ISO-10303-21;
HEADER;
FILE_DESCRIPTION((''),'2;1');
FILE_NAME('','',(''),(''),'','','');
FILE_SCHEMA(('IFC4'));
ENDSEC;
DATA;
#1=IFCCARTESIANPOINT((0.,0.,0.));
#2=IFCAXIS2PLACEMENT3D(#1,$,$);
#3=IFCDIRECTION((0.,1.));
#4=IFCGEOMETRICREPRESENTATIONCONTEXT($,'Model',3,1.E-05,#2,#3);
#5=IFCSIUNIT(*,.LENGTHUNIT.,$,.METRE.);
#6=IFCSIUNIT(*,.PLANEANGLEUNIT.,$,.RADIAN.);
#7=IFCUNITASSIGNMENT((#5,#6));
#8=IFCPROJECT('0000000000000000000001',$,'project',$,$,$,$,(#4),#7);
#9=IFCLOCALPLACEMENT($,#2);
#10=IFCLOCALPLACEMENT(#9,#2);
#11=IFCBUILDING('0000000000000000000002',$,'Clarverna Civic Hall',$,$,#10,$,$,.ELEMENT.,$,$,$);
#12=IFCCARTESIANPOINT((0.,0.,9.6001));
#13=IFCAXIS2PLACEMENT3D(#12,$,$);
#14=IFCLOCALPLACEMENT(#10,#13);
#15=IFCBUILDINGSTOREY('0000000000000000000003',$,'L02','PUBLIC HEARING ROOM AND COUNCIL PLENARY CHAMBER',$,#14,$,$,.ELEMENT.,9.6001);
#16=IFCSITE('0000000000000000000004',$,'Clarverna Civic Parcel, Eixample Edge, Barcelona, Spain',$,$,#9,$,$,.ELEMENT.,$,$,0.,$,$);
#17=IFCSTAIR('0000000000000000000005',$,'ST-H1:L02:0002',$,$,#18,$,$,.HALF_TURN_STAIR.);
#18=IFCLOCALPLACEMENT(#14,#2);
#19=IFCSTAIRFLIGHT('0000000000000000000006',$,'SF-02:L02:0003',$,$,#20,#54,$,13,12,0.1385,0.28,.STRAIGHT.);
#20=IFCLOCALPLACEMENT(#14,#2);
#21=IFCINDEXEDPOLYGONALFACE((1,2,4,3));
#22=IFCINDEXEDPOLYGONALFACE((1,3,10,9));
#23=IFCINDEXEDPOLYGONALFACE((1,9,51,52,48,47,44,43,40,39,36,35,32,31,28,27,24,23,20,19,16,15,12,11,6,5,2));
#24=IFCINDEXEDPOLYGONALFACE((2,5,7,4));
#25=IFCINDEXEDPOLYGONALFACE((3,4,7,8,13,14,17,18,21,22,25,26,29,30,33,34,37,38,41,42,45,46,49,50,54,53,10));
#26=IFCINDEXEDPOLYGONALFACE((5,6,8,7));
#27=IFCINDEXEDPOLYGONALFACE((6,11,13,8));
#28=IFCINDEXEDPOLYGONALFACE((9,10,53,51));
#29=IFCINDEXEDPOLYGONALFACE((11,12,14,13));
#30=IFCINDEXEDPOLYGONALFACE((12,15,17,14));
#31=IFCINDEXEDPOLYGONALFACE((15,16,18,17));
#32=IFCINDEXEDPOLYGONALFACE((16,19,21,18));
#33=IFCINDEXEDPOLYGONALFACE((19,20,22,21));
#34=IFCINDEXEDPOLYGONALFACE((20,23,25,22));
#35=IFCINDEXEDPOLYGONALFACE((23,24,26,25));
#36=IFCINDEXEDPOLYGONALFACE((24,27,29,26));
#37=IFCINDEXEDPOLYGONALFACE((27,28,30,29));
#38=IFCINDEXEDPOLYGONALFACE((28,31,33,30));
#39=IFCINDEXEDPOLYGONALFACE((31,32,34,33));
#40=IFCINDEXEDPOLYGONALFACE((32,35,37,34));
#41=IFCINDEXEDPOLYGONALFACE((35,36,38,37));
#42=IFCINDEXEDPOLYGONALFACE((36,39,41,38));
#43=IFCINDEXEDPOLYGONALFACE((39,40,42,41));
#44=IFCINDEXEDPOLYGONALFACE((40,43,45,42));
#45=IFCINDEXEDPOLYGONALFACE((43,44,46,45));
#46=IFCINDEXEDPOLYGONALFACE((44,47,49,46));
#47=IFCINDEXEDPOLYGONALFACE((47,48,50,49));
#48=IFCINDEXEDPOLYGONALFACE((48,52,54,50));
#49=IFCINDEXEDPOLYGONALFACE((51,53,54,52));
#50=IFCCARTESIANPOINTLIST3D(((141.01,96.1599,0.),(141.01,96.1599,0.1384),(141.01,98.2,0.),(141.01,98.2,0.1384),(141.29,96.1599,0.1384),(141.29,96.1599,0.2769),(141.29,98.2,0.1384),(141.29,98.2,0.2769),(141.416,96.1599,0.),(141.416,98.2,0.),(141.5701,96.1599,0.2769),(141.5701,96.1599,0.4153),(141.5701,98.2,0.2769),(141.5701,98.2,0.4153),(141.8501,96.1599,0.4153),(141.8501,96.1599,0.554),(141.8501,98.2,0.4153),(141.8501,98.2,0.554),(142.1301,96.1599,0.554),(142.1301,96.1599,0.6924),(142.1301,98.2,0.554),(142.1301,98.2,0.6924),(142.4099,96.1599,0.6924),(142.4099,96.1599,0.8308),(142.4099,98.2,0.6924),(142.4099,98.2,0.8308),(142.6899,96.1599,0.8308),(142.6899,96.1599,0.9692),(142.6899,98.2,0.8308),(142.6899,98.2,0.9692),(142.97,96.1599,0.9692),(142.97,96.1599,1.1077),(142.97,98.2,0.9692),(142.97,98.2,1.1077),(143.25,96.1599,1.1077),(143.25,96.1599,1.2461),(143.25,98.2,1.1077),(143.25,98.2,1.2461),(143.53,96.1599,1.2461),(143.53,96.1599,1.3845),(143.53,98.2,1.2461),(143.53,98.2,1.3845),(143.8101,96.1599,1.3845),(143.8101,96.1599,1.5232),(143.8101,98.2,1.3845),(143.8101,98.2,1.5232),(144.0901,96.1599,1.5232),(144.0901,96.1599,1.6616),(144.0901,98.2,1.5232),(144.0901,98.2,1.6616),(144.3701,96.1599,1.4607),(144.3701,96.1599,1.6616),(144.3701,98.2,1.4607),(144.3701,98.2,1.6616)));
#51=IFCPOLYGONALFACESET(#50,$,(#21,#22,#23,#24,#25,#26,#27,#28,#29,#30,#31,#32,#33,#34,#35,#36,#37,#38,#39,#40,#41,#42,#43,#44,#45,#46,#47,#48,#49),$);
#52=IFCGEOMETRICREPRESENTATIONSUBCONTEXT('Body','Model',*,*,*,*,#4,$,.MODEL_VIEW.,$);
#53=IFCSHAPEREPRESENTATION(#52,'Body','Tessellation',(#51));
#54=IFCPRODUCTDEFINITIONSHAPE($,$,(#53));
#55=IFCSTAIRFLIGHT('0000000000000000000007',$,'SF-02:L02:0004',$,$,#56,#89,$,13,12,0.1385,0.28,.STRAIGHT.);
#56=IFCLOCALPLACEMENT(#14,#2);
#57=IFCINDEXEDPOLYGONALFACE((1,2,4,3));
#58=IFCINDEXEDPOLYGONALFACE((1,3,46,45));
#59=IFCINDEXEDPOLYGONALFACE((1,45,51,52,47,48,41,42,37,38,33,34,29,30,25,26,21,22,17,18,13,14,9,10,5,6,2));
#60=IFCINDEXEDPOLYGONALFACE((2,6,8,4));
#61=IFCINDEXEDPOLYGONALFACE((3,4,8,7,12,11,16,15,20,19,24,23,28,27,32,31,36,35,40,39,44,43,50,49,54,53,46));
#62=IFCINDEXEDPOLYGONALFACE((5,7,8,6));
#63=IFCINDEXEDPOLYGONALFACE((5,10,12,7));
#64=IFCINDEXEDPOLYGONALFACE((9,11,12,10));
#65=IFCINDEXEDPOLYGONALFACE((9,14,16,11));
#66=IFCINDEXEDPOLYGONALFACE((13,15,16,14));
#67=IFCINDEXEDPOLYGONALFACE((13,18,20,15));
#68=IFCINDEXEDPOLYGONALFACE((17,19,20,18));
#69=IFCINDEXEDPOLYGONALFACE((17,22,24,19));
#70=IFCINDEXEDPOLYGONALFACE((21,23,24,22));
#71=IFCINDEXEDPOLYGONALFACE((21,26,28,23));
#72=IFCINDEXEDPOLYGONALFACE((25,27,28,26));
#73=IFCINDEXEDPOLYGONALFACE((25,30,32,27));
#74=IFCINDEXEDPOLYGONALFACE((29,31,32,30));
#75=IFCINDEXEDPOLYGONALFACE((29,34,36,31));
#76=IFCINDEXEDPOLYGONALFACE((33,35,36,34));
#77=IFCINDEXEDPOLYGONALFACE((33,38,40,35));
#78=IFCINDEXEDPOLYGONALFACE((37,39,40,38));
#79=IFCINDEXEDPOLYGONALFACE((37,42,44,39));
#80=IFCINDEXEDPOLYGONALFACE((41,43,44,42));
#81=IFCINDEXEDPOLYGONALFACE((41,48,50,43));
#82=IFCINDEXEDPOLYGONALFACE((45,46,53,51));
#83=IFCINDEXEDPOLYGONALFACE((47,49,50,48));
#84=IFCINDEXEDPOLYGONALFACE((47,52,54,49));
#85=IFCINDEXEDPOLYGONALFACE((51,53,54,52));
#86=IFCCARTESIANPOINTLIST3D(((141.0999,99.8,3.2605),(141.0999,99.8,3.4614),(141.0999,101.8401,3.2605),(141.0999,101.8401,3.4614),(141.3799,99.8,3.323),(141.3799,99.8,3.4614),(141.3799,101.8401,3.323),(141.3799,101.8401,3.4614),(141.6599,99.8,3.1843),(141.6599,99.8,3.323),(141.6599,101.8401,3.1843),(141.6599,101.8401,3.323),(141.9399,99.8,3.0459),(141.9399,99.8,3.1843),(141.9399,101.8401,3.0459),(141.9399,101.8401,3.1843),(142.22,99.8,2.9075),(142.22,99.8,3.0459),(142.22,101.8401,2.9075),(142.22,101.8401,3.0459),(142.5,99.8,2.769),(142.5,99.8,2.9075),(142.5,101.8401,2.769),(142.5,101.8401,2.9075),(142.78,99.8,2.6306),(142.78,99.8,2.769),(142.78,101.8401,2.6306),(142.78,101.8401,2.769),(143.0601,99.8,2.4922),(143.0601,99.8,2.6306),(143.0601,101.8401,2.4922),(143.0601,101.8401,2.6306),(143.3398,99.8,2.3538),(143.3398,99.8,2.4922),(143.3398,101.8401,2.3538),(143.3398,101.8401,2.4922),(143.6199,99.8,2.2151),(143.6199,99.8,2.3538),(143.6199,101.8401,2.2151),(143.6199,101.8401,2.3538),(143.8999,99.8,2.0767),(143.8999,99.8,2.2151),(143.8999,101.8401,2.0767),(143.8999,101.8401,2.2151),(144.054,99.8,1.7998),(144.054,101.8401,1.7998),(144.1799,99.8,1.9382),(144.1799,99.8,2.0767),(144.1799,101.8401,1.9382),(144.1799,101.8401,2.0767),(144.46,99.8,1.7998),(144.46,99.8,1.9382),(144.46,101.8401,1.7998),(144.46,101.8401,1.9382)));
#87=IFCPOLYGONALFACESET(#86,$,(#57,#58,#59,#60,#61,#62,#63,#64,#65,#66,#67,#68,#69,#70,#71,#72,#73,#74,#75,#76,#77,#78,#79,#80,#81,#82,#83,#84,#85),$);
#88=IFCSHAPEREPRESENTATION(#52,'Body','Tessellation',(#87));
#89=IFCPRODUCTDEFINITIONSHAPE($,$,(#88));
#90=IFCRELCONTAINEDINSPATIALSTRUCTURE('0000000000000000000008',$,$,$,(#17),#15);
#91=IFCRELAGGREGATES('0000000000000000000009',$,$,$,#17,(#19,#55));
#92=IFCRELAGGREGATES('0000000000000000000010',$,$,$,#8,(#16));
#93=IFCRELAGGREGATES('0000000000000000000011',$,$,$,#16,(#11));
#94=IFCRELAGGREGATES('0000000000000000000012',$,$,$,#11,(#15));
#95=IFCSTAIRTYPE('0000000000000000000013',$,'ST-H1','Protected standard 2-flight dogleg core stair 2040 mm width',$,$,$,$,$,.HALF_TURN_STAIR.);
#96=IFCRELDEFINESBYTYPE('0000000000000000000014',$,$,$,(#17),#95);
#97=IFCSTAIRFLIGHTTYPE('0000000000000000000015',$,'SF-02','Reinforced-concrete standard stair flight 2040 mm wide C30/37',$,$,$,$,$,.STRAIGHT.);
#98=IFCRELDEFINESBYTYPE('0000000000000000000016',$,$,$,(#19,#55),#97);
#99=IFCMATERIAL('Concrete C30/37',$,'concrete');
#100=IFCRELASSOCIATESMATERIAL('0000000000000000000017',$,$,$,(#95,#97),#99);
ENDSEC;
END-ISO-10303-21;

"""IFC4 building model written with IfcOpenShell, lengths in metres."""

from ifc_helpers import new_model, si_unit, direction, frame, origin, place, context, subcontext, project, spatial, polyline, outline, extrude, material, type_object, element, aggregate, save


model = new_model("IFC4")

# Units and contexts
model_context = context("Model", 3, precision=1e-05, world=origin(), true_north=direction((0.0, 1.0)))
body_context = subcontext(model_context, "Body", "Model", "MODEL_VIEW")
ifc_project = project(units=[si_unit("LENGTHUNIT", "METRE"), si_unit("PLANEANGLEUNIT", "RADIAN")], contexts=[model_context])

# Site, building, storey
site_placement = place(None, origin())
site = spatial("IfcSite", under=ifc_project, at=site_placement, Name="Clarverna Civic Parcel, Eixample Edge, Barcelona, Spain", CompositionType="ELEMENT", RefElevation=0.0)
building_placement = place(site_placement, origin())
building = spatial("IfcBuilding", under=site, at=building_placement, Name="Clarverna Civic Hall", CompositionType="ELEMENT")
storey_placement = place(building_placement, frame((0.0, 0.0, 9.6001)))
storey = spatial("IfcBuildingStorey", under=building, at=storey_placement, Name="L02", Description="PUBLIC HEARING ROOM AND COUNCIL PLENARY CHAMBER", CompositionType="ELEMENT", Elevation=9.6001)

# Stair, stair flights
ifc_material_1 = material(Name="Concrete C30/37", Category="concrete")
stair_type = type_object("IfcStairType", Name="ST-H1", Description="Protected standard 2-flight dogleg core stair 2040 mm width", PredefinedType="HALF_TURN_STAIR", material=ifc_material_1)
stair_placement = place(storey_placement, origin())
stair = element("IfcStair", 1, at=stair_placement, inside=storey, type_object=stair_type, Name="ST-H1:L02:0002", PredefinedType="HALF_TURN_STAIR")
stair_flight_type = type_object("IfcStairFlightType", Name="SF-02", Description="Reinforced-concrete standard stair flight 2040 mm wide C30/37", PredefinedType="STRAIGHT", material=ifc_material_1)
stair_flight_1_placement = place(storey_placement, frame((141.01, 97.1799, 0.0), z_axis=(0.0, 0.0, 1.0), x_axis=(1.0, 0.0, 0.0)))
stair_flight_1 = element("IfcStairFlight", 2, at=stair_flight_1_placement, type_object=stair_flight_type, Name="SF-02:L02:0003", NumberOfRisers=13, NumberOfTreads=12, PredefinedType="STRAIGHT", RiserHeight=0.1385, TreadLength=0.28, context=body_context, shape_type="SweptSolid", body=[
    extrude(outline(polyline([(0.0, 0.0), (0.0, 0.1384), (0.28, 0.1384), (0.28, 0.2769), (0.5601, 0.2769), (0.5601, 0.4153), (0.8401, 0.4153), (0.8401, 0.554), (1.1201, 0.554), (1.1201, 0.6924), (1.3999, 0.6924), (1.3999, 0.8308), (1.6799, 0.8308), (1.6799, 0.9692), (1.96, 0.9692), (1.96, 1.1077), (2.24, 1.1077), (2.24, 1.2461), (2.52, 1.2461), (2.52, 1.3845), (2.8, 1.3845), (2.8, 1.5232), (3.0801, 1.5232), (3.0801, 1.6616), (3.3601, 1.6616), (3.3601, 1.8), (3.3601, 1.4607), (0.406, 0.0), (0.0, 0.0)])), frame((0.0, 1.02, 0.0), z_axis=(0.0, -1.0, 0.0), x_axis=(1.0, 0.0, 0.0)), (0.0, 0.0, 1.0), 2.04),
])
stair_flight_2_placement = place(storey_placement, frame((144.46, 100.8201, 1.7998), z_axis=(0.0, 0.0, 1.0), x_axis=(-1.0, 0.0, 0.0)))
stair_flight_2 = element("IfcStairFlight", 3, at=stair_flight_2_placement, type_object=stair_flight_type, Name="SF-02:L02:0004", NumberOfRisers=13, NumberOfTreads=12, PredefinedType="STRAIGHT", RiserHeight=0.1385, TreadLength=0.28, context=body_context, shape_type="SweptSolid", body=[
    extrude(outline(polyline([(0.0, 0.0), (0.0, 0.1384), (0.28, 0.1384), (0.28, 0.2769), (0.5601, 0.2769), (0.5601, 0.4153), (0.8401, 0.4153), (0.8401, 0.554), (1.1201, 0.554), (1.1201, 0.6924), (1.3999, 0.6924), (1.3999, 0.8308), (1.6799, 0.8308), (1.6799, 0.9692), (1.96, 0.9692), (1.96, 1.1077), (2.24, 1.1077), (2.24, 1.2461), (2.52, 1.2461), (2.52, 1.3845), (2.8, 1.3845), (2.8, 1.5232), (3.0801, 1.5232), (3.0801, 1.6616), (3.3601, 1.6616), (3.3601, 1.8), (3.3601, 1.4607), (0.406, 0.0), (0.0, 0.0)])), frame((0.0, 1.02, 0.0), z_axis=(0.0, -1.0, 0.0), x_axis=(1.0, 0.0, 0.0)), (0.0, 0.0, 1.0), 2.04),
])
aggregate(stair, [stair_flight_1, stair_flight_2])

save(model, "model.ifc")
